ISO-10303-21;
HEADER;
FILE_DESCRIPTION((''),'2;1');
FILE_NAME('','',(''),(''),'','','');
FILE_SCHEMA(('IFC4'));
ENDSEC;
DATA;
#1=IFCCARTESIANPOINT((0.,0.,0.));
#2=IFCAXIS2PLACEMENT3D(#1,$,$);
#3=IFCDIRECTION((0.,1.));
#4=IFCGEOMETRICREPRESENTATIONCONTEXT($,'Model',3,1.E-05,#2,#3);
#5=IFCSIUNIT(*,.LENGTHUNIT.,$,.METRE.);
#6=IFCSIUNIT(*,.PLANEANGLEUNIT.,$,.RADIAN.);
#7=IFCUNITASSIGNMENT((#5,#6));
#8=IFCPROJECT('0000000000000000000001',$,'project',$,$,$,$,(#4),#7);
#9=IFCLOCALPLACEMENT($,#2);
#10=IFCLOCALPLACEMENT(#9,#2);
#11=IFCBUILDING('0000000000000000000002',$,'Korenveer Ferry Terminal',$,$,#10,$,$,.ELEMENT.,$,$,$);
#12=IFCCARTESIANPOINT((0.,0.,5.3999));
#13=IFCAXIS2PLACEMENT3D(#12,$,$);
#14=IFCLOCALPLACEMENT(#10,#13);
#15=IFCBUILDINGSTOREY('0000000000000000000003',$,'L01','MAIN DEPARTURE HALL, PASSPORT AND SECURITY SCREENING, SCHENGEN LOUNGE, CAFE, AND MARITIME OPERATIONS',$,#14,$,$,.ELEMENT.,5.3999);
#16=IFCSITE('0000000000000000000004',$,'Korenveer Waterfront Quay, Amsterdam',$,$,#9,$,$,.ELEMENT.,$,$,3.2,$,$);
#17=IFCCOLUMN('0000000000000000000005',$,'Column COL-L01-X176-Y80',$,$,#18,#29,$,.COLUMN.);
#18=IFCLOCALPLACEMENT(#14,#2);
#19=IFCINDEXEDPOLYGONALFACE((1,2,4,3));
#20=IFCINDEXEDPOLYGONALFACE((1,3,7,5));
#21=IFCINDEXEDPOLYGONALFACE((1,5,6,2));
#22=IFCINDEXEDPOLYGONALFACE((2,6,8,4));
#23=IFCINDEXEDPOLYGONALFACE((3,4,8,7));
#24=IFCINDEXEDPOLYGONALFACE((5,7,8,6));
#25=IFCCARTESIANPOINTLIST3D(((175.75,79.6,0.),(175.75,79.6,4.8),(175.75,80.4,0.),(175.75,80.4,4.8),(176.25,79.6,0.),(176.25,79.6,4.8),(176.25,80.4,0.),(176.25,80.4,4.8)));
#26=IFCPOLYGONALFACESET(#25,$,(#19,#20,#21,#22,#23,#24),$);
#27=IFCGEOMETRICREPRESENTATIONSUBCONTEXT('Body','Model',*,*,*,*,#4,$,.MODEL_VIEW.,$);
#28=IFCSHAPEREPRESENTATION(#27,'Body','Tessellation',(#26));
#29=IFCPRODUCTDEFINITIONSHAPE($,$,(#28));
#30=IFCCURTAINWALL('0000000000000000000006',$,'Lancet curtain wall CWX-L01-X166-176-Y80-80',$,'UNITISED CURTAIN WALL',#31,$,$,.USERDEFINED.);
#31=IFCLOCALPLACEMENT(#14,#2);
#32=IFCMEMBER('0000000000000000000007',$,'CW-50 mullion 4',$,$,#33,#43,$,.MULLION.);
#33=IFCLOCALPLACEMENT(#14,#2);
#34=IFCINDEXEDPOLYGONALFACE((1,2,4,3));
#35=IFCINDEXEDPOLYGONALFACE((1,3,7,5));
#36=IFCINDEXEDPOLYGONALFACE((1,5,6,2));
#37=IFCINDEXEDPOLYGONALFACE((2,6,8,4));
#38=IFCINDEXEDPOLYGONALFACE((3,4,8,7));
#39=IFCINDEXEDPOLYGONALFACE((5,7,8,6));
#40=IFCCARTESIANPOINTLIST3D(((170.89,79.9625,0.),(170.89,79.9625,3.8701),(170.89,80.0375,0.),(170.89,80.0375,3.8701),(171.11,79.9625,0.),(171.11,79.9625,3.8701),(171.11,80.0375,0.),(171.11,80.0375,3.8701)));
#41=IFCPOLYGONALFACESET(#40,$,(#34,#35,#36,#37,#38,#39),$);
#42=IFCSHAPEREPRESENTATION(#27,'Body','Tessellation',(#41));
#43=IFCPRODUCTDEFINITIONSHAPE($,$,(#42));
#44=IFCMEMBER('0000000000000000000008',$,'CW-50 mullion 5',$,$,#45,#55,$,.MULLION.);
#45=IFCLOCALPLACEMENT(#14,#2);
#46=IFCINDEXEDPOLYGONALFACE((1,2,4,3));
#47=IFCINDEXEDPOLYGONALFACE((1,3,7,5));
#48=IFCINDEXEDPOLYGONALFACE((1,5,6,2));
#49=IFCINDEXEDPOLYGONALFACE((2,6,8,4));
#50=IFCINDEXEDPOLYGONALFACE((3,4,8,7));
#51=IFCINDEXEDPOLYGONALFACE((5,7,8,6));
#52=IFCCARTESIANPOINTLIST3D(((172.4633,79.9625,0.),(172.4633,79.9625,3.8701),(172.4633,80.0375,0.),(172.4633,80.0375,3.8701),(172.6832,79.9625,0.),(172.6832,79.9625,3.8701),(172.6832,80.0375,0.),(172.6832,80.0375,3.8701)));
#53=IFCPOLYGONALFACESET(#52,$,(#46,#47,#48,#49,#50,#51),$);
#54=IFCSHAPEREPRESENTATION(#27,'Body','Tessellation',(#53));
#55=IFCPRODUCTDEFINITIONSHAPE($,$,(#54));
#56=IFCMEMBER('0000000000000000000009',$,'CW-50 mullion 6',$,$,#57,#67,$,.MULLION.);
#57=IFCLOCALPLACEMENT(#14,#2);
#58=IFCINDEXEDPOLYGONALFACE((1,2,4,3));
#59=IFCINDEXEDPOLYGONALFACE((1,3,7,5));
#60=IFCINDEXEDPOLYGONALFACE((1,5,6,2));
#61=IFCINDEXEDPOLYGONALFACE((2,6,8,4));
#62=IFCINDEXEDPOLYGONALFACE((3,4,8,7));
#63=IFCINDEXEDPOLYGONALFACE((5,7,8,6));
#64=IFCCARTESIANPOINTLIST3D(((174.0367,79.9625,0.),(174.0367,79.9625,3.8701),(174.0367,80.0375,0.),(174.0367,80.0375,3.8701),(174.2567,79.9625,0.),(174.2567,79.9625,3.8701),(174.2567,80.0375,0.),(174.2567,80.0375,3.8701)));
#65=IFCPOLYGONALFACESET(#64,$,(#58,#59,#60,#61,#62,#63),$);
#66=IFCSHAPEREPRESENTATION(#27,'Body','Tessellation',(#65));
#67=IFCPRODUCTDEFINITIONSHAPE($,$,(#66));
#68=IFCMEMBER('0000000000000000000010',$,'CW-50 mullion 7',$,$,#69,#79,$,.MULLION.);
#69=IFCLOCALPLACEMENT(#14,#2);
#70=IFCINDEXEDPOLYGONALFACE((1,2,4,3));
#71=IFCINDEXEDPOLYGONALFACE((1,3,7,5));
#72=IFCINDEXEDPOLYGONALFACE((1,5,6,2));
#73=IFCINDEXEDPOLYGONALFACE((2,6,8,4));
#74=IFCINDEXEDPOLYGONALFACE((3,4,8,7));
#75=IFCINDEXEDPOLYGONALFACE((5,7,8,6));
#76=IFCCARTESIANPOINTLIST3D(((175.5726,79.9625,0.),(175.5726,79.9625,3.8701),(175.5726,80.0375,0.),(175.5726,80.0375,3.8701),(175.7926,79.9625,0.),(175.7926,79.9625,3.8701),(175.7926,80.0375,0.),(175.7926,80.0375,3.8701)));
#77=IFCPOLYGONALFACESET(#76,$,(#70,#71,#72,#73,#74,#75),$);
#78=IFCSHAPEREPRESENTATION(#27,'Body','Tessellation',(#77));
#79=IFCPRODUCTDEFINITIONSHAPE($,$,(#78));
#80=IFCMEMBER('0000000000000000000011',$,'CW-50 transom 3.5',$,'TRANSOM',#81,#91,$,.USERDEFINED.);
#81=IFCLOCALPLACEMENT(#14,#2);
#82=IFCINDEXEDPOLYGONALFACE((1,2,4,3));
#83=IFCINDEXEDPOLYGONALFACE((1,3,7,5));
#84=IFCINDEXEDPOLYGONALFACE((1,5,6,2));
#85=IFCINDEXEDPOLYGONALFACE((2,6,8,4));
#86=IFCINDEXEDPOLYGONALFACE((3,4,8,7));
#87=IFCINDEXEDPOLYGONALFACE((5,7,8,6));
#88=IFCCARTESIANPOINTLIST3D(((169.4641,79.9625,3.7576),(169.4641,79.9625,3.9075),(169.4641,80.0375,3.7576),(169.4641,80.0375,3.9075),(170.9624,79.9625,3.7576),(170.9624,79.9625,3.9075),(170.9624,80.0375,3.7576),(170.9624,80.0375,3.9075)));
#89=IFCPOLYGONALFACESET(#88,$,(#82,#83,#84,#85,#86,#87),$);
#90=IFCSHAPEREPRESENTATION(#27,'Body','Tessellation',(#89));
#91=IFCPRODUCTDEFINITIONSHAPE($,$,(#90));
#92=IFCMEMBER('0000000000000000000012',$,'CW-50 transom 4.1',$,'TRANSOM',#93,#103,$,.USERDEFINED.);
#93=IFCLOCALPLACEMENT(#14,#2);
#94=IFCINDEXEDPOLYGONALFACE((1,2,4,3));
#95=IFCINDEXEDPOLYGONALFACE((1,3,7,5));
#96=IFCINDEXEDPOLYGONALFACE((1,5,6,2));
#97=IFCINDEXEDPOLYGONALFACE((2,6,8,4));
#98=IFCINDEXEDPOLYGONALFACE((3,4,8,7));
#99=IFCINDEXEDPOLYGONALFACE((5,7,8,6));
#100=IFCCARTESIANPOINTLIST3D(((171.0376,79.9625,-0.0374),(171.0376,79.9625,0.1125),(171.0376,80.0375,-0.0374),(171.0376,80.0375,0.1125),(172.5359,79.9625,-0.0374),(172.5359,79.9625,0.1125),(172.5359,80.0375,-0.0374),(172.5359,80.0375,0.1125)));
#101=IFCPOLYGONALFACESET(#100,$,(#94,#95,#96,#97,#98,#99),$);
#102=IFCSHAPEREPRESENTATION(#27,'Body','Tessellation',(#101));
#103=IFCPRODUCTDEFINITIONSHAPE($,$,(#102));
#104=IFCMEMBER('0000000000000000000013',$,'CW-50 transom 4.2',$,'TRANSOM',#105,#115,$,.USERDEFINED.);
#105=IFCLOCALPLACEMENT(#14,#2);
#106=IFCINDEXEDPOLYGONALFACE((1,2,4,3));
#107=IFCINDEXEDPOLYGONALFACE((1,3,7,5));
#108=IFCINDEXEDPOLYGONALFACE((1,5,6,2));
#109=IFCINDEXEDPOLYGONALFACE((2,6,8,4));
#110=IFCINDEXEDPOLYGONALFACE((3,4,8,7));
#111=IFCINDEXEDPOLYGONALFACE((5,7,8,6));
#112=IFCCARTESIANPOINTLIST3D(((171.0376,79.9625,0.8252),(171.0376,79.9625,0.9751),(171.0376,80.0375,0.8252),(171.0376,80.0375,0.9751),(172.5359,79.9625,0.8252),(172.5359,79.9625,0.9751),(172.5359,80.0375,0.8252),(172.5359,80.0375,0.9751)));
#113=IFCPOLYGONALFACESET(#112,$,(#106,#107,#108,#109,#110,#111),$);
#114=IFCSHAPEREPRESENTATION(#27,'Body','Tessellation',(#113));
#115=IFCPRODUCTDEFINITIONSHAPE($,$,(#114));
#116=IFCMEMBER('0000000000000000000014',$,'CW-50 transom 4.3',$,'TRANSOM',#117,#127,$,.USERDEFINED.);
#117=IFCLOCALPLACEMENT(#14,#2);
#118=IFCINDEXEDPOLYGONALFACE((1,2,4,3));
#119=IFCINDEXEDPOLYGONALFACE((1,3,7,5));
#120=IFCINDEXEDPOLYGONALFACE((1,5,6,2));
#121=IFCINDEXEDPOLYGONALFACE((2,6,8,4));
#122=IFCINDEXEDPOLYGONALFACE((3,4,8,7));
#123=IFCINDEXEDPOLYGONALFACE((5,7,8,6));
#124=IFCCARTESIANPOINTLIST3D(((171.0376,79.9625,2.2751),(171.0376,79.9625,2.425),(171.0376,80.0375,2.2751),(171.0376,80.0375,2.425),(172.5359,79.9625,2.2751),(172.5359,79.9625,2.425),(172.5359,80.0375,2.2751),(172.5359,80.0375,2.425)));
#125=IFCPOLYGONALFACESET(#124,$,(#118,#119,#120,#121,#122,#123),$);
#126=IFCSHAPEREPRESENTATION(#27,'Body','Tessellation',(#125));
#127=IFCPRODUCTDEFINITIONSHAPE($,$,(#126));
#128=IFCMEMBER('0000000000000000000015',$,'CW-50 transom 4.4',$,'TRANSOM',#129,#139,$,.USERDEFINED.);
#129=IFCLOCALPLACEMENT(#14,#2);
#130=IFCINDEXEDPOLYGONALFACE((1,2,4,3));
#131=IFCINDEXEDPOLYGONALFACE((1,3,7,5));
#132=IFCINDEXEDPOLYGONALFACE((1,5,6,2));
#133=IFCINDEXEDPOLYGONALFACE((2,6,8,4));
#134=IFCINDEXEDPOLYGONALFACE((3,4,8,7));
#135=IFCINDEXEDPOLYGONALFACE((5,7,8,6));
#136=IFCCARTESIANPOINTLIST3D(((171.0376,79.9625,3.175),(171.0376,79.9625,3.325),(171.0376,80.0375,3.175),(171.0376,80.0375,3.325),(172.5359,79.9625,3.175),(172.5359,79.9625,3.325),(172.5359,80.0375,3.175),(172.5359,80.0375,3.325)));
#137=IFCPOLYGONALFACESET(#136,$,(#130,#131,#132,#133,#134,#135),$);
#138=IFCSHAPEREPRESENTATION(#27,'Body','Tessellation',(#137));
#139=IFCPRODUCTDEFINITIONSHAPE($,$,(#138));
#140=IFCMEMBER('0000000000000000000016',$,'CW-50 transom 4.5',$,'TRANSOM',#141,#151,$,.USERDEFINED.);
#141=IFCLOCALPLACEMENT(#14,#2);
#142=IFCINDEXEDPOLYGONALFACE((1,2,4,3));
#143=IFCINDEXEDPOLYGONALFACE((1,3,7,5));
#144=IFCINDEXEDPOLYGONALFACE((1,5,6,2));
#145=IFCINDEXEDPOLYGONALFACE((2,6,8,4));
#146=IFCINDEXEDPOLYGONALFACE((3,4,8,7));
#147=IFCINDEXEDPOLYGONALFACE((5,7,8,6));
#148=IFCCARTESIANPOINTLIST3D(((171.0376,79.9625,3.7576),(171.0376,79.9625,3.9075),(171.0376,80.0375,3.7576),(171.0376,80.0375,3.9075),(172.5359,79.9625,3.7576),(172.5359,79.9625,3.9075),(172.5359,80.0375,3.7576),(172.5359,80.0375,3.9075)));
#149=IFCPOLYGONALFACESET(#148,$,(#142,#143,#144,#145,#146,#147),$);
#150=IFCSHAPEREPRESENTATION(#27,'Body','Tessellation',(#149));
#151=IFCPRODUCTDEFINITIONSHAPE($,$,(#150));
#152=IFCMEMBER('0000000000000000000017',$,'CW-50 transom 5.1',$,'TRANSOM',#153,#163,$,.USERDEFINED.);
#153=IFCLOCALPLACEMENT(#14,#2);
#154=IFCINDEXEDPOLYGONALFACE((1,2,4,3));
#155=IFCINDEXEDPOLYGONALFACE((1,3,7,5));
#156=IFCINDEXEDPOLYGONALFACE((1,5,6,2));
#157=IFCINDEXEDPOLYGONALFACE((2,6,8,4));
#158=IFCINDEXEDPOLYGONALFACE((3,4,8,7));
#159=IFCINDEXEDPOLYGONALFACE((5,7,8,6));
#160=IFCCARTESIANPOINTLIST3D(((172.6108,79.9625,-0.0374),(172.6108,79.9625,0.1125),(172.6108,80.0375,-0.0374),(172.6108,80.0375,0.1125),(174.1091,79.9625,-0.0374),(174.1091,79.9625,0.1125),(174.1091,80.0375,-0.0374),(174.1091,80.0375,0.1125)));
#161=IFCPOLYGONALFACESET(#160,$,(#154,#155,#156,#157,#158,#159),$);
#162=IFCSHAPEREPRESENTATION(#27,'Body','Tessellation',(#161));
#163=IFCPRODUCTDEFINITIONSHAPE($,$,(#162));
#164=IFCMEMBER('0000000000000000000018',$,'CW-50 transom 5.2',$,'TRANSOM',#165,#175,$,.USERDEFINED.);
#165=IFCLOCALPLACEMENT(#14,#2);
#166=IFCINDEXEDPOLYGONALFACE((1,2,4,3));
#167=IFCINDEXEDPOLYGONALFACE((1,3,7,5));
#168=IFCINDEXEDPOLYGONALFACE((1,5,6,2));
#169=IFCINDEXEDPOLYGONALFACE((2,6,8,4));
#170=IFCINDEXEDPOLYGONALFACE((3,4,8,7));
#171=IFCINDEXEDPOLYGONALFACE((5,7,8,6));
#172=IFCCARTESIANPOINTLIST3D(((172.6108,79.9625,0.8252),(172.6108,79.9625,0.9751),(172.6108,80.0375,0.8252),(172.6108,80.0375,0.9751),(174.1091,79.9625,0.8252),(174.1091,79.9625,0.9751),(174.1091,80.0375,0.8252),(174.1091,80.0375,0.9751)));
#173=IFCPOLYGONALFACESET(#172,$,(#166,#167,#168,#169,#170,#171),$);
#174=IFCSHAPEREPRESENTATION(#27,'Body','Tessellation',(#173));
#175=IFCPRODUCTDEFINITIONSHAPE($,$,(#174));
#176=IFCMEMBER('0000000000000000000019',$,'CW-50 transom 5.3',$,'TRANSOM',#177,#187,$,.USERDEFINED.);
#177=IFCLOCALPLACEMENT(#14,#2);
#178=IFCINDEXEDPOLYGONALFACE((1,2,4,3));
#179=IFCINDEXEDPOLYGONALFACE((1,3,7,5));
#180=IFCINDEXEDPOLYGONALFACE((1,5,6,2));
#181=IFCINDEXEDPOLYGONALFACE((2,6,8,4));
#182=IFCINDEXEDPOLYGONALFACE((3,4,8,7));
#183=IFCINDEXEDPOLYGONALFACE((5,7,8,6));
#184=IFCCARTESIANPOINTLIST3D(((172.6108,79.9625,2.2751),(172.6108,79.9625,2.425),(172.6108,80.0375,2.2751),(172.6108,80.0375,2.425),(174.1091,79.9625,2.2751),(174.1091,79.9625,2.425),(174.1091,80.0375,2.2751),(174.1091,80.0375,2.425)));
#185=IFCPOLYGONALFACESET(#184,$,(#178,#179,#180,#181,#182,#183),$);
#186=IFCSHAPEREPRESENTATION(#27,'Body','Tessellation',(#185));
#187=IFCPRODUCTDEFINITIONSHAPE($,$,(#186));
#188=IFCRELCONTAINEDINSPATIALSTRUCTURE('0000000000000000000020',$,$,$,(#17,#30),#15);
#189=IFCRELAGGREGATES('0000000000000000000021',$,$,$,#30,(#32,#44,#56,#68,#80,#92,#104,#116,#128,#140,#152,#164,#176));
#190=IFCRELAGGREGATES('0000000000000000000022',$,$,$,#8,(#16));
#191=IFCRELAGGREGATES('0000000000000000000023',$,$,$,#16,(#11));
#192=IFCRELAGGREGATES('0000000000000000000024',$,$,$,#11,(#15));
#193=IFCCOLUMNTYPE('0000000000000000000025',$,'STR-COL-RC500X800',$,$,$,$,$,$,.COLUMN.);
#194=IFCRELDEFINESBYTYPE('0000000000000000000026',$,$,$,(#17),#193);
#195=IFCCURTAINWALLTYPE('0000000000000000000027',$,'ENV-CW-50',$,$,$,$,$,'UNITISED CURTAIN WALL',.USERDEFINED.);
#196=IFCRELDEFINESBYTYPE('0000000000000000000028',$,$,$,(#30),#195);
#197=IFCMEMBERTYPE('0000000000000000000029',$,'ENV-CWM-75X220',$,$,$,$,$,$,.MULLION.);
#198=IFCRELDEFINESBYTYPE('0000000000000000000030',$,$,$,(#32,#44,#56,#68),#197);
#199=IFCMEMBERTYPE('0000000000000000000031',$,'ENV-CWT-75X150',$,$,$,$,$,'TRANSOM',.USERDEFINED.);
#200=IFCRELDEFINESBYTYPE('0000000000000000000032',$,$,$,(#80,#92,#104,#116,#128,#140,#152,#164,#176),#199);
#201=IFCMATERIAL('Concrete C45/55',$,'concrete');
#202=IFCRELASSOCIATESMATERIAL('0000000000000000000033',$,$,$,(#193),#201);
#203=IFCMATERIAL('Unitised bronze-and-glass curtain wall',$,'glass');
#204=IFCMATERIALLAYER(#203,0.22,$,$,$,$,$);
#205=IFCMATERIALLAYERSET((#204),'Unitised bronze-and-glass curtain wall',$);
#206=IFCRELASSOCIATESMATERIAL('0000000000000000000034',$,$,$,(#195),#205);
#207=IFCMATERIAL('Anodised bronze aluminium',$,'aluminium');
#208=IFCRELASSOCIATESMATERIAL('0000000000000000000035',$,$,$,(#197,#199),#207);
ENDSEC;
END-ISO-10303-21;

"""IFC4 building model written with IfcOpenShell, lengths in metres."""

from ifc_helpers import new_model, si_unit, direction, frame, origin, origin_2d, place, context, subcontext, project, spatial, rectangle, extrude, material, layer, layer_set, material_profile, profile_set, type_object, element, aggregate, save


model = new_model("IFC4")

# Units and contexts
model_context = context("Model", 3, precision=1e-05, world=origin(), true_north=direction((0.0, 1.0)))
body_context = subcontext(model_context, "Body", "Model", "MODEL_VIEW")
ifc_project = project(units=[si_unit("LENGTHUNIT", "METRE"), si_unit("PLANEANGLEUNIT", "RADIAN")], contexts=[model_context])

# Site, building, storey
site_placement = place(None, origin())
site = spatial("IfcSite", under=ifc_project, at=site_placement, Name="Korenveer Waterfront Quay, Amsterdam", CompositionType="ELEMENT", RefElevation=3.2)
building_placement = place(site_placement, origin())
building = spatial("IfcBuilding", under=site, at=building_placement, Name="Korenveer Ferry Terminal", CompositionType="ELEMENT")
storey_placement = place(building_placement, frame((0.0, 0.0, 5.3999)))
storey = spatial("IfcBuildingStorey", under=building, at=storey_placement, Name="L01", Description="MAIN DEPARTURE HALL, PASSPORT AND SECURITY SCREENING, SCHENGEN LOUNGE, CAFE, AND MARITIME OPERATIONS", CompositionType="ELEMENT", Elevation=5.3999)

# Column
ifc_material_1 = material(Name="Concrete C45/55", Category="concrete")
ifc_material_profile_1 = material_profile(ifc_material_1, rectangle(XDim=0.5, YDim=0.8, at=origin_2d()), Name="RC 500x800")
ifc_profile_set_1 = profile_set([ifc_material_profile_1], Name="Concrete C45/55")
column_type = type_object("IfcColumnType", Name="STR-COL-RC500X800", PredefinedType="COLUMN", material=ifc_profile_set_1)
column_placement = place(storey_placement, frame((176.0, 80.0, 0.0), z_axis=(0.0, 0.0, 1.0), x_axis=(1.0, 0.0, 0.0)))
element("IfcColumn", 1, at=column_placement, inside=storey, type_object=column_type, Name="Column COL-L01-X176-Y80", PredefinedType="COLUMN", context=body_context, shape_type="SweptSolid", body=[
    extrude(rectangle(XDim=0.5, YDim=0.8, at=origin_2d()), origin(), (0.0, 0.0, 1.0), 4.8),
])

# Curtain wall, members
ifc_material_2 = material(Name="Unitised bronze-and-glass curtain wall", Category="glass")
ifc_layer_1 = layer(ifc_material_2, 0.22)
ifc_layer_set_1 = layer_set([ifc_layer_1], Name="Unitised bronze-and-glass curtain wall")
curtain_wall_type = type_object("IfcCurtainWallType", Name="ENV-CW-50", ElementType="UNITISED CURTAIN WALL", PredefinedType="USERDEFINED", material=ifc_layer_set_1)
curtain_wall_placement = place(storey_placement, frame((166.28, 80.0, 0.0)))
curtain_wall = element("IfcCurtainWall", 2, at=curtain_wall_placement, inside=storey, type_object=curtain_wall_type, Name="Lancet curtain wall CWX-L01-X166-176-Y80-80", ObjectType="UNITISED CURTAIN WALL", PredefinedType="USERDEFINED")
ifc_material_3 = material(Name="Anodised bronze aluminium", Category="aluminium")
ifc_material_profile_2 = material_profile(ifc_material_3, rectangle(XDim=0.075, YDim=0.22, at=origin_2d()), Name="ALU 75x220")
ifc_profile_set_2 = profile_set([ifc_material_profile_2], Name="Anodised bronze aluminium")
member_type_1 = type_object("IfcMemberType", Name="ENV-CWM-75X220", PredefinedType="MULLION", material=ifc_profile_set_2)
member_1_placement = place(storey_placement, frame((171.0, 80.0, 0.0), z_axis=(0.0, 0.0, 1.0), x_axis=(0.0, 1.0, 0.0)))
member_1 = element("IfcMember", 3, at=member_1_placement, type_object=member_type_1, Name="CW-50 mullion 4", PredefinedType="MULLION", context=body_context, shape_type="SweptSolid", body=[
    extrude(rectangle(XDim=0.075, YDim=0.22, at=origin_2d()), origin(), (0.0, 0.0, 1.0), 3.8701),
])
member_2_placement = place(storey_placement, frame((172.5732, 80.0, 0.0), z_axis=(0.0, 0.0, 1.0), x_axis=(0.0, 1.0, 0.0)))
member_2 = element("IfcMember", 4, at=member_2_placement, type_object=member_type_1, Name="CW-50 mullion 5", PredefinedType="MULLION", context=body_context, shape_type="SweptSolid", body=[
    extrude(rectangle(XDim=0.075, YDim=0.22, at=origin_2d()), origin(), (0.0, 0.0, 1.0), 3.8701),
])
member_3_placement = place(storey_placement, frame((174.1467, 80.0, 0.0), z_axis=(0.0, 0.0, 1.0), x_axis=(0.0, 1.0, 0.0)))
member_3 = element("IfcMember", 5, at=member_3_placement, type_object=member_type_1, Name="CW-50 mullion 6", PredefinedType="MULLION", context=body_context, shape_type="SweptSolid", body=[
    extrude(rectangle(XDim=0.075, YDim=0.22, at=origin_2d()), origin(), (0.0, 0.0, 1.0), 3.8701),
])
member_4_placement = place(storey_placement, frame((175.6826, 80.0, 0.0), z_axis=(0.0, 0.0, 1.0), x_axis=(0.0, 1.0, 0.0)))
member_4 = element("IfcMember", 6, at=member_4_placement, type_object=member_type_1, Name="CW-50 mullion 7", PredefinedType="MULLION", context=body_context, shape_type="SweptSolid", body=[
    extrude(rectangle(XDim=0.075, YDim=0.22, at=origin_2d()), origin(), (0.0, 0.0, 1.0), 3.8701),
])
ifc_material_profile_3 = material_profile(ifc_material_3, rectangle(XDim=0.075, YDim=0.1499, at=origin_2d()), Name="ALU 75x150")
ifc_profile_set_3 = profile_set([ifc_material_profile_3], Name="Anodised bronze aluminium")
member_type_2 = type_object("IfcMemberType", Name="ENV-CWT-75X150", ElementType="TRANSOM", PredefinedType="USERDEFINED", material=ifc_profile_set_3)
member_5_placement = place(storey_placement, frame((169.4641, 80.0, 3.8325), z_axis=(1.0, 0.0, 0.0), x_axis=(0.0, 1.0, 0.0)))
member_5 = element("IfcMember", 7, at=member_5_placement, type_object=member_type_2, Name="CW-50 transom 3.5", ObjectType="TRANSOM", PredefinedType="USERDEFINED", context=body_context, shape_type="SweptSolid", body=[
    extrude(rectangle(XDim=0.075, YDim=0.1499, at=origin_2d()), origin(), (0.0, 0.0, 1.0), 1.4983),
])
member_6_placement = place(storey_placement, frame((171.0376, 80.0, 0.0376), z_axis=(1.0, 0.0, 0.0), x_axis=(0.0, 1.0, 0.0)))
member_6 = element("IfcMember", 8, at=member_6_placement, type_object=member_type_2, Name="CW-50 transom 4.1", ObjectType="TRANSOM", PredefinedType="USERDEFINED", context=body_context, shape_type="SweptSolid", body=[
    extrude(rectangle(XDim=0.075, YDim=0.1499, at=origin_2d()), origin(), (0.0, 0.0, 1.0), 1.4983),
])
member_7_placement = place(storey_placement, frame((171.0376, 80.0, 0.9001), z_axis=(1.0, 0.0, 0.0), x_axis=(0.0, 1.0, 0.0)))
member_7 = element("IfcMember", 9, at=member_7_placement, type_object=member_type_2, Name="CW-50 transom 4.2", ObjectType="TRANSOM", PredefinedType="USERDEFINED", context=body_context, shape_type="SweptSolid", body=[
    extrude(rectangle(XDim=0.075, YDim=0.1499, at=origin_2d()), origin(), (0.0, 0.0, 1.0), 1.4983),
])
member_8_placement = place(storey_placement, frame((171.0376, 80.0, 2.3501), z_axis=(1.0, 0.0, 0.0), x_axis=(0.0, 1.0, 0.0)))
member_8 = element("IfcMember", 10, at=member_8_placement, type_object=member_type_2, Name="CW-50 transom 4.3", ObjectType="TRANSOM", PredefinedType="USERDEFINED", context=body_context, shape_type="SweptSolid", body=[
    extrude(rectangle(XDim=0.075, YDim=0.1499, at=origin_2d()), origin(), (0.0, 0.0, 1.0), 1.4983),
])
member_9_placement = place(storey_placement, frame((171.0376, 80.0, 3.25), z_axis=(1.0, 0.0, 0.0), x_axis=(0.0, 1.0, 0.0)))
member_9 = element("IfcMember", 11, at=member_9_placement, type_object=member_type_2, Name="CW-50 transom 4.4", ObjectType="TRANSOM", PredefinedType="USERDEFINED", context=body_context, shape_type="SweptSolid", body=[
    extrude(rectangle(XDim=0.075, YDim=0.1499, at=origin_2d()), origin(), (0.0, 0.0, 1.0), 1.4983),
])
member_10_placement = place(storey_placement, frame((171.0376, 80.0, 3.8325), z_axis=(1.0, 0.0, 0.0), x_axis=(0.0, 1.0, 0.0)))
member_10 = element("IfcMember", 12, at=member_10_placement, type_object=member_type_2, Name="CW-50 transom 4.5", ObjectType="TRANSOM", PredefinedType="USERDEFINED", context=body_context, shape_type="SweptSolid", body=[
    extrude(rectangle(XDim=0.075, YDim=0.1499, at=origin_2d()), origin(), (0.0, 0.0, 1.0), 1.4983),
])
member_11_placement = place(storey_placement, frame((172.6108, 80.0, 0.0376), z_axis=(1.0, 0.0, 0.0), x_axis=(0.0, 1.0, 0.0)))
member_11 = element("IfcMember", 13, at=member_11_placement, type_object=member_type_2, Name="CW-50 transom 5.1", ObjectType="TRANSOM", PredefinedType="USERDEFINED", context=body_context, shape_type="SweptSolid", body=[
    extrude(rectangle(XDim=0.075, YDim=0.1499, at=origin_2d()), origin(), (0.0, 0.0, 1.0), 1.4983),
])
member_12_placement = place(storey_placement, frame((172.6108, 80.0, 0.9001), z_axis=(1.0, 0.0, 0.0), x_axis=(0.0, 1.0, 0.0)))
member_12 = element("IfcMember", 14, at=member_12_placement, type_object=member_type_2, Name="CW-50 transom 5.2", ObjectType="TRANSOM", PredefinedType="USERDEFINED", context=body_context, shape_type="SweptSolid", body=[
    extrude(rectangle(XDim=0.075, YDim=0.1499, at=origin_2d()), origin(), (0.0, 0.0, 1.0), 1.4983),
])
member_13_placement = place(storey_placement, frame((172.6108, 80.0, 2.3501), z_axis=(1.0, 0.0, 0.0), x_axis=(0.0, 1.0, 0.0)))
member_13 = element("IfcMember", 15, at=member_13_placement, type_object=member_type_2, Name="CW-50 transom 5.3", ObjectType="TRANSOM", PredefinedType="USERDEFINED", context=body_context, shape_type="SweptSolid", body=[
    extrude(rectangle(XDim=0.075, YDim=0.1499, at=origin_2d()), origin(), (0.0, 0.0, 1.0), 1.4983),
])
aggregate(curtain_wall, [member_1, member_2, member_3, member_4, member_5, member_6, member_7, member_8, member_9, member_10, member_11, member_12, member_13])

save(model, "model.ifc")
